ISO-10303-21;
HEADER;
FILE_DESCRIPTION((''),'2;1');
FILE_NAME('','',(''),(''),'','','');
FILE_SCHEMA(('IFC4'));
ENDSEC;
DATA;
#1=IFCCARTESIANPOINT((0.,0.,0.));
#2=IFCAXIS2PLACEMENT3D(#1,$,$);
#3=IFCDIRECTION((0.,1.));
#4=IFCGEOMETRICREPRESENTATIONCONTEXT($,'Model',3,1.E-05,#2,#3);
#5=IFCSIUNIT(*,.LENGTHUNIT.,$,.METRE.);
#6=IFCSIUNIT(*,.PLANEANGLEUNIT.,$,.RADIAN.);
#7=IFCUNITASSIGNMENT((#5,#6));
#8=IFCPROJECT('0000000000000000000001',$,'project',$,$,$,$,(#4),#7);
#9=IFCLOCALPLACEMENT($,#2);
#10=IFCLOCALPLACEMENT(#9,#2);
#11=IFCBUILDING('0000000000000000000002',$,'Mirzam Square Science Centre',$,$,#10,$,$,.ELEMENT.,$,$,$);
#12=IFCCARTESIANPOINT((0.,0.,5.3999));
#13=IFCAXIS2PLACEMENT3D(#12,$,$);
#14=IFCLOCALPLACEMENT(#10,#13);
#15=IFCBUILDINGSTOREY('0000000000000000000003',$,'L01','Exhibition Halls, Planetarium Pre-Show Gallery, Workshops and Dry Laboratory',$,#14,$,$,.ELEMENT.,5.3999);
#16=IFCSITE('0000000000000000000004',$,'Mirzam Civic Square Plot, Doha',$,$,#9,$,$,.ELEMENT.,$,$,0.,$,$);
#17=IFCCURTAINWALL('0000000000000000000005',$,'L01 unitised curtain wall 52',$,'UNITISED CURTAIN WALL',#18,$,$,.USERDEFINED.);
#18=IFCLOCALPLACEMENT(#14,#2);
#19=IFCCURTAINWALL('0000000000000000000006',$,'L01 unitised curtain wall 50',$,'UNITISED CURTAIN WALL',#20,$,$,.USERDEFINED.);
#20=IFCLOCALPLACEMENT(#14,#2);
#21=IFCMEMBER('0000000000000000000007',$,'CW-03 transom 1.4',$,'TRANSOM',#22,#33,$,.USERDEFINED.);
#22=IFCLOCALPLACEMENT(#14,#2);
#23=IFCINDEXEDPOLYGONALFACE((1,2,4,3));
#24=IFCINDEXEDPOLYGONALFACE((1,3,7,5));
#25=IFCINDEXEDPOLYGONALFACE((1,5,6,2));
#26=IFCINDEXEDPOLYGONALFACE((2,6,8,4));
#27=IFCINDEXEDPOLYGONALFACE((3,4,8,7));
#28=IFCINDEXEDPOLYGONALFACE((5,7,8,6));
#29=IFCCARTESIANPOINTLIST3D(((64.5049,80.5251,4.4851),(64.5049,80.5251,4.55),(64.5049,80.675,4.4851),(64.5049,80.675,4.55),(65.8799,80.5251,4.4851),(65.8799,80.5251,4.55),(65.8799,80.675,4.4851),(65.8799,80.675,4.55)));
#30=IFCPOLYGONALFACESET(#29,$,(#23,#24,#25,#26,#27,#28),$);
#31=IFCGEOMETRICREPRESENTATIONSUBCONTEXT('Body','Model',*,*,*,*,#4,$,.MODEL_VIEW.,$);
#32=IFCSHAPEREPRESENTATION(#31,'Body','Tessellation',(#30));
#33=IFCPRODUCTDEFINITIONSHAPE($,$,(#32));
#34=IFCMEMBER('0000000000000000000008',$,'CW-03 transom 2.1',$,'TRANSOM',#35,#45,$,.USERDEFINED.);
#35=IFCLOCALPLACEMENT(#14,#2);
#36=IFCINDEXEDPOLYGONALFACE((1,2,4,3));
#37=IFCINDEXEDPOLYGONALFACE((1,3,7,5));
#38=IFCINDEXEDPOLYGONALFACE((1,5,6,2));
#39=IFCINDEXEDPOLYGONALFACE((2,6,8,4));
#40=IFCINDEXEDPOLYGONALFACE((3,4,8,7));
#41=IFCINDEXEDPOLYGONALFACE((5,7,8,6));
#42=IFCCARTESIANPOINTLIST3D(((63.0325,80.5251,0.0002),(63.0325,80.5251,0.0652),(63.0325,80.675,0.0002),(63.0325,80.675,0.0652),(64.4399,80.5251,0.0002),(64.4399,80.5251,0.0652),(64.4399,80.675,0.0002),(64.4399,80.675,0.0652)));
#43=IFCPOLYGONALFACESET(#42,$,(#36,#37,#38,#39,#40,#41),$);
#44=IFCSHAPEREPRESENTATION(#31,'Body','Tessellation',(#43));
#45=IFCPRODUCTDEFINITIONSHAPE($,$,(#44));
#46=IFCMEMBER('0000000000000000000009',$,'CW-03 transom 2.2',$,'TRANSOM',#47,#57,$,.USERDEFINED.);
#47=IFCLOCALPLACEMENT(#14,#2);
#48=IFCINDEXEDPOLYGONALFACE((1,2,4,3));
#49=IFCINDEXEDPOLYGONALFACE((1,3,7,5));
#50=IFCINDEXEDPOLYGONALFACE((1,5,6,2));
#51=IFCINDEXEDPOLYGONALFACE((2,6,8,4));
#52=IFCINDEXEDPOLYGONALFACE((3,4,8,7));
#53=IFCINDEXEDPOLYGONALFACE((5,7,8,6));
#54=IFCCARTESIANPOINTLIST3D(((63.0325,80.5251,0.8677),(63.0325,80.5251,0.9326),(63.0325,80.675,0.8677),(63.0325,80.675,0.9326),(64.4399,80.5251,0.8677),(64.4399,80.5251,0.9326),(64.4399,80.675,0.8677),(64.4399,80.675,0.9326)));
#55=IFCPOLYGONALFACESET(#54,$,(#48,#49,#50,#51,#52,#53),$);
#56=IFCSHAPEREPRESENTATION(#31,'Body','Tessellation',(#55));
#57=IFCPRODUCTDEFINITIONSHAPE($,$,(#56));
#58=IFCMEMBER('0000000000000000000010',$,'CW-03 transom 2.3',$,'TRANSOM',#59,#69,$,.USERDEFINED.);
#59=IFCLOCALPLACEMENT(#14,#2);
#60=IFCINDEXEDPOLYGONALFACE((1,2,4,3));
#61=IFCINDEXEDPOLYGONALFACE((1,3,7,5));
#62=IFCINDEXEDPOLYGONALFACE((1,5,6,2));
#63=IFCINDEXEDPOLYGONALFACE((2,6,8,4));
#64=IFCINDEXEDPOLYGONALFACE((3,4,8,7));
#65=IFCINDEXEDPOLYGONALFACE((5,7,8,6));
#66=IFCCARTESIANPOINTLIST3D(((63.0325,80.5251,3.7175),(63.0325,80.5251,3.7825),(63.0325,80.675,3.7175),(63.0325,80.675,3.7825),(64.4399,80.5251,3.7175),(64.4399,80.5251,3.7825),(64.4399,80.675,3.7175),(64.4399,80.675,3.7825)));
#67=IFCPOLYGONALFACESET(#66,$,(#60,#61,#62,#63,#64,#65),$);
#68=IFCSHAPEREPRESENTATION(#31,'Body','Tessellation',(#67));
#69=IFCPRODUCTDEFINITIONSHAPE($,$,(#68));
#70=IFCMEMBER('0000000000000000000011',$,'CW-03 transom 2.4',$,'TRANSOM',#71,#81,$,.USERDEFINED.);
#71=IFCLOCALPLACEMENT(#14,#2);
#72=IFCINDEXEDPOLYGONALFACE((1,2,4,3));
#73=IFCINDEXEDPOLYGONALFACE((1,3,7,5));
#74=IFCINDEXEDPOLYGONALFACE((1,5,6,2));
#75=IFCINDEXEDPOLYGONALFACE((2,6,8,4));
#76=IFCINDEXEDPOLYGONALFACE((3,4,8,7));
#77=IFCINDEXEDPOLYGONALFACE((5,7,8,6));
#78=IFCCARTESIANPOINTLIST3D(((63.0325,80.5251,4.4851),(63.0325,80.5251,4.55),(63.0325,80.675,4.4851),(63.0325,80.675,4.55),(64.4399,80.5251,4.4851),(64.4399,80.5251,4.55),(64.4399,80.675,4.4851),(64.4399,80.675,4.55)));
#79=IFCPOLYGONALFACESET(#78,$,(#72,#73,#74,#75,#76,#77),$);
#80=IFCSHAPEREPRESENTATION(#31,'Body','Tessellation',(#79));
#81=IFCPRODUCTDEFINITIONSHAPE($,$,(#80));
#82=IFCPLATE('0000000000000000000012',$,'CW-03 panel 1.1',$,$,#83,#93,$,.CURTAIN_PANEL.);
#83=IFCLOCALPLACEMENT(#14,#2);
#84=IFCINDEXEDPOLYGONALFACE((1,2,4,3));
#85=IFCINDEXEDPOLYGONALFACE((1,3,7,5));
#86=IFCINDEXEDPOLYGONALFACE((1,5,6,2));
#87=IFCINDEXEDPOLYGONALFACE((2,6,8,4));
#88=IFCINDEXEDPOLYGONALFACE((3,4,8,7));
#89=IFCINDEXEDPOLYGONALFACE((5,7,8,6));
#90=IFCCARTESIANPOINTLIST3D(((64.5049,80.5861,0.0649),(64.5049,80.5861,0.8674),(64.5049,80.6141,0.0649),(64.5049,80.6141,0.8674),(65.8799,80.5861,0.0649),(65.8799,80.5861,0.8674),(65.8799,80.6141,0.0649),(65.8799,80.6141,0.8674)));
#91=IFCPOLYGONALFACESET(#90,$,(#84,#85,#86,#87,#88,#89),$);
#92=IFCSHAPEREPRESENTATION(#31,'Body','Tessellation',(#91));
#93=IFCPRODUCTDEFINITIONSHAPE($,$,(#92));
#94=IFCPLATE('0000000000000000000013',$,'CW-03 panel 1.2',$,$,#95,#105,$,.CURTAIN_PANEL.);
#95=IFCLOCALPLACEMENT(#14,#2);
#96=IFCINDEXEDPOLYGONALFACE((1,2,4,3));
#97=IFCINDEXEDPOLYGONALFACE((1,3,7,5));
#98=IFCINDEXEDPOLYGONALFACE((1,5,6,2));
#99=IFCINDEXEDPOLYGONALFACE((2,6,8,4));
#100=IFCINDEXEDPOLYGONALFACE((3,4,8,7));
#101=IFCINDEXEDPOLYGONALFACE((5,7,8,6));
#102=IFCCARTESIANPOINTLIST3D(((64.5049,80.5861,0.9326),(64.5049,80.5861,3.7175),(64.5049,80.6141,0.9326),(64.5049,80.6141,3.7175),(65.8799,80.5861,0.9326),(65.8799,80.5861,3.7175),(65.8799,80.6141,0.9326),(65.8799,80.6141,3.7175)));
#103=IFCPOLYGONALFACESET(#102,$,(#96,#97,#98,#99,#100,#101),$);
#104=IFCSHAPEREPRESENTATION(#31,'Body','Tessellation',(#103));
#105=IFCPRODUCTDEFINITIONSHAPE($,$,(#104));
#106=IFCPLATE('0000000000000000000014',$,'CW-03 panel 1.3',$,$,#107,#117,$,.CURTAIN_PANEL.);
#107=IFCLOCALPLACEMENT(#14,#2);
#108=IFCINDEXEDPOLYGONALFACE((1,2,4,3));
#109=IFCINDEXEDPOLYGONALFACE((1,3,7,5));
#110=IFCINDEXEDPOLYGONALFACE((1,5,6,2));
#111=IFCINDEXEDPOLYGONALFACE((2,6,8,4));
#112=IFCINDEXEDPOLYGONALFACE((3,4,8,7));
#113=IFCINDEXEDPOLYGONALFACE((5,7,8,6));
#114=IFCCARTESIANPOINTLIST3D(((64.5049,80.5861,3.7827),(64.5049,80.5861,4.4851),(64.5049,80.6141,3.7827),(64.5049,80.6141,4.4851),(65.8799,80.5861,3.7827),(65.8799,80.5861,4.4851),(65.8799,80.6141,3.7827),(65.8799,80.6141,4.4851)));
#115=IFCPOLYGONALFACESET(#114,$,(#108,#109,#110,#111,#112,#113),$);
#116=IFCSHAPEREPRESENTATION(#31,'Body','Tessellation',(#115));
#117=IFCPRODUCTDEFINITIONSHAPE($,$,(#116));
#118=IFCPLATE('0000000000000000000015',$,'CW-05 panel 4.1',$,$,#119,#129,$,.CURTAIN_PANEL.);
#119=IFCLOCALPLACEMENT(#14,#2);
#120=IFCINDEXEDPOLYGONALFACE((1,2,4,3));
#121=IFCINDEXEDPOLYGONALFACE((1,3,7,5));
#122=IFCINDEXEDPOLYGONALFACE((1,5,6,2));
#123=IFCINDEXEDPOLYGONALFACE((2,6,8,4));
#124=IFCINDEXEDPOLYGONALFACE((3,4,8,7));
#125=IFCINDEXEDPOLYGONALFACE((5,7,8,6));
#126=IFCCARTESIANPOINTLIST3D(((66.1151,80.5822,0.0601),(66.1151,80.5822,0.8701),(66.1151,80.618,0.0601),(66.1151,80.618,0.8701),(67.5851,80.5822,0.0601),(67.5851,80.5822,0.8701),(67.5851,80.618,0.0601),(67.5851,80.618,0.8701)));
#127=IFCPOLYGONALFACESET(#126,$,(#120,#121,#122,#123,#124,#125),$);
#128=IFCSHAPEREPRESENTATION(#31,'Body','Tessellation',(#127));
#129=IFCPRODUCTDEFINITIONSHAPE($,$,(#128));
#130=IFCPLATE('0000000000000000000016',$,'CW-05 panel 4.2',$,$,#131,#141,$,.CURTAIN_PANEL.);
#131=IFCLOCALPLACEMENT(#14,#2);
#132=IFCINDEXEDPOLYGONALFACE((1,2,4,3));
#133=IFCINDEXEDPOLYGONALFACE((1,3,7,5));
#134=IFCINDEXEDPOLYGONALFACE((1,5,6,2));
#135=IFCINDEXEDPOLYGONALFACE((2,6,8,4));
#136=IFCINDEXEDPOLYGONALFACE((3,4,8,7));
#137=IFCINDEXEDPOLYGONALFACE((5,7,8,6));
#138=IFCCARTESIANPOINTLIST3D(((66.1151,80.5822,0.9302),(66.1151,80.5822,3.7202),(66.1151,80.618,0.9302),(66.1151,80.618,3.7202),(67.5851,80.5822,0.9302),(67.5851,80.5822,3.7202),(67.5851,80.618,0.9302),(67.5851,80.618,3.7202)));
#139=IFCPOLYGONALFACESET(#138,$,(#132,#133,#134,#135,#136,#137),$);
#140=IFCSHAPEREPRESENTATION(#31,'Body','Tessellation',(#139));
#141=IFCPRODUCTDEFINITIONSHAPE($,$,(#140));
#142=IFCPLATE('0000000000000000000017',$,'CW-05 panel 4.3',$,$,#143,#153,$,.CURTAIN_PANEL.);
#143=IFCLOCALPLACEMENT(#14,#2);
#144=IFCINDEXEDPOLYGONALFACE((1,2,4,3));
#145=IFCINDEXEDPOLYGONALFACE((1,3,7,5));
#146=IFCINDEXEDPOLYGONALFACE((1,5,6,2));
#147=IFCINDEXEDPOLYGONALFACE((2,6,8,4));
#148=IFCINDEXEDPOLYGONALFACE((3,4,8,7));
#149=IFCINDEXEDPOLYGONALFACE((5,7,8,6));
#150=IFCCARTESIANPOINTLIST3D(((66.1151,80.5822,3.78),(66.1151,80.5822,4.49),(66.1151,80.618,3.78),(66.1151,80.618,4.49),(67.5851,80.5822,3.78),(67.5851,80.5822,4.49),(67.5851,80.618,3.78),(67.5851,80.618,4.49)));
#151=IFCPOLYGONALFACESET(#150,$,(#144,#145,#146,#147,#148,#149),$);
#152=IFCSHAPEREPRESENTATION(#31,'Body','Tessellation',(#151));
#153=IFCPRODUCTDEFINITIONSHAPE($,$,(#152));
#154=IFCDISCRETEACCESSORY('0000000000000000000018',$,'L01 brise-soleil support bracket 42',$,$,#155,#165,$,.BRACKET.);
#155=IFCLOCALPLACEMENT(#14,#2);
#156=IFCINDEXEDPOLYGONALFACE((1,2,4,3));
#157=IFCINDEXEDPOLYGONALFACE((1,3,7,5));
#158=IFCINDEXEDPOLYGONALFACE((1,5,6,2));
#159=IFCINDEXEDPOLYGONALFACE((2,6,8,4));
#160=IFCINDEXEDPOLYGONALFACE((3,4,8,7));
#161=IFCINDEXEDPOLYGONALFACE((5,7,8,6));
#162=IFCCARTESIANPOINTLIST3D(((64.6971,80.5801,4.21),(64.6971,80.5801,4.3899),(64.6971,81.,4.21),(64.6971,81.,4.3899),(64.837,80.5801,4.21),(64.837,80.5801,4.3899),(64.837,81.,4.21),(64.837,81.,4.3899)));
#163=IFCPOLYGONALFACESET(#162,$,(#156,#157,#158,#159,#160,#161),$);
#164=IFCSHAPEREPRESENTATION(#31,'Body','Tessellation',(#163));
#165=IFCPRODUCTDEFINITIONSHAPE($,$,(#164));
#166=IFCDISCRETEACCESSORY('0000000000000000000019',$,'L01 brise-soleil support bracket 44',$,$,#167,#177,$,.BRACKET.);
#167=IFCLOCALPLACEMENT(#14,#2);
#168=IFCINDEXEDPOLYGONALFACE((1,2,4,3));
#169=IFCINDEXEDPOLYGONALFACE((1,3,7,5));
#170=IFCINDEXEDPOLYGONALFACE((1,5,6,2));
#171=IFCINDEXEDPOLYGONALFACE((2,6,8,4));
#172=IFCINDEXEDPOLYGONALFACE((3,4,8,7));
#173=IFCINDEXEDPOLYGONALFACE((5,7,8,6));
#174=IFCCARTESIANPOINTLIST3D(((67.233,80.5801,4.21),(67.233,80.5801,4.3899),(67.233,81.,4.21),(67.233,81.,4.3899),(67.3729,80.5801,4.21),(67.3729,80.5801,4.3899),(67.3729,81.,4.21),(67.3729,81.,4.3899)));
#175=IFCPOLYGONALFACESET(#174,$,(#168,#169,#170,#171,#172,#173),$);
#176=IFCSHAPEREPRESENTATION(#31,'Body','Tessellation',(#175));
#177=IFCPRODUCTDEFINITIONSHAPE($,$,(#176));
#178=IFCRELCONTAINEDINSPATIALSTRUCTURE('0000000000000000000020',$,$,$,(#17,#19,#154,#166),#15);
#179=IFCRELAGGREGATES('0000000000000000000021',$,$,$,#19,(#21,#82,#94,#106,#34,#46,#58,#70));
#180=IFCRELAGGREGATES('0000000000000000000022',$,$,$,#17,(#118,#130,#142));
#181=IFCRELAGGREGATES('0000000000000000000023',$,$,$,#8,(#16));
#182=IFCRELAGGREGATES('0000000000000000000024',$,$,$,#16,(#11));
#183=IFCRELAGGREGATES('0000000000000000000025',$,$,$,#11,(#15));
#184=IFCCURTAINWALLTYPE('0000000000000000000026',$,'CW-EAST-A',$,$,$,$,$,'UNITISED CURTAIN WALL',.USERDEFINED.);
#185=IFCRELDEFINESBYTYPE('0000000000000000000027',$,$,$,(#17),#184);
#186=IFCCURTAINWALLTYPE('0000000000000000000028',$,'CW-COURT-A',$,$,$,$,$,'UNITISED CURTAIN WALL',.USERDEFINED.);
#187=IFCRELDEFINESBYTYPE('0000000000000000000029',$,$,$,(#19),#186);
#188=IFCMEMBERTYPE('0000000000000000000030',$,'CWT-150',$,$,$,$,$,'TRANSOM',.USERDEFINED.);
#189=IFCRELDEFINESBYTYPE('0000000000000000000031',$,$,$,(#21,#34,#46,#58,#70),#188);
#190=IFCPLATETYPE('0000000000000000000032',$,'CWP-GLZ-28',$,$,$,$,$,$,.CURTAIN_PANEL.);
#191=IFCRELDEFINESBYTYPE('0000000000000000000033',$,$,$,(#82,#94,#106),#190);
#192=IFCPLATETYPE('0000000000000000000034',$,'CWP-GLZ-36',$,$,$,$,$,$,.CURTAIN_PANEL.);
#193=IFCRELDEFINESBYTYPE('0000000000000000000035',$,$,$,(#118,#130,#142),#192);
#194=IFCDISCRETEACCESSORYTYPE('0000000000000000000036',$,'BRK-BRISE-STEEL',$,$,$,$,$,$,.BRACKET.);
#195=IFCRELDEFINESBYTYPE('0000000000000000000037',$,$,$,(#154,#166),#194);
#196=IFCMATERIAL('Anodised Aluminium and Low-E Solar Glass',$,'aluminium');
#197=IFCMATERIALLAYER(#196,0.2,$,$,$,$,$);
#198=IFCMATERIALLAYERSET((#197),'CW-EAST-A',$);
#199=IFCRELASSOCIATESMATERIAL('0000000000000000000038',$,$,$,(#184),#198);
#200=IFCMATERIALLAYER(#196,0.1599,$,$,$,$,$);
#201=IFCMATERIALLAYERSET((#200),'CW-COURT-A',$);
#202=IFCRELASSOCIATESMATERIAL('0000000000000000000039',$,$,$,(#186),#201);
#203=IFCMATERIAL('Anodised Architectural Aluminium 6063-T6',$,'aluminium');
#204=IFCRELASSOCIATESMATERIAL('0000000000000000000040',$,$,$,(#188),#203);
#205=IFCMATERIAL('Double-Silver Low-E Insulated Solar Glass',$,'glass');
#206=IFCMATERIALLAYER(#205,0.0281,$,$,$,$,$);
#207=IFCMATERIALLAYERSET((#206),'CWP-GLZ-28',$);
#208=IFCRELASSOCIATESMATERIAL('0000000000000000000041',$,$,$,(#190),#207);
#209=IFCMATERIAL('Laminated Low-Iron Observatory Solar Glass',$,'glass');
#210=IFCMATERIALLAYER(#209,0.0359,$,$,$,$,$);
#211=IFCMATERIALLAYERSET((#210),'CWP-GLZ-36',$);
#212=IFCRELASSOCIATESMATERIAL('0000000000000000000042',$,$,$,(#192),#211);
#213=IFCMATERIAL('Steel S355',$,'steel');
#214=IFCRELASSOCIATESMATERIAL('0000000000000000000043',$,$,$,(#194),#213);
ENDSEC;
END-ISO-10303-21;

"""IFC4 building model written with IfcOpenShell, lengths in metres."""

from ifc_helpers import new_model, si_unit, direction, frame, origin, origin_2d, place, context, subcontext, project, spatial, rectangle, extrude, material, layer, layer_set, material_profile, profile_set, type_object, element, aggregate, save


model = new_model("IFC4")

# Units and contexts
model_context = context("Model", 3, precision=1e-05, world=origin(), true_north=direction((0.0, 1.0)))
body_context = subcontext(model_context, "Body", "Model", "MODEL_VIEW")
ifc_project = project(units=[si_unit("LENGTHUNIT", "METRE"), si_unit("PLANEANGLEUNIT", "RADIAN")], contexts=[model_context])

# Site, building, storey
site_placement = place(None, origin())
site = spatial("IfcSite", under=ifc_project, at=site_placement, Name="Mirzam Civic Square Plot, Doha", CompositionType="ELEMENT", RefElevation=0.0)
building_placement = place(site_placement, origin())
building = spatial("IfcBuilding", under=site, at=building_placement, Name="Mirzam Square Science Centre", CompositionType="ELEMENT")
storey_placement = place(building_placement, frame((0.0, 0.0, 5.3999)))
storey = spatial("IfcBuildingStorey", under=building, at=storey_placement, Name="L01", Description="Exhibition Halls, Planetarium Pre-Show Gallery, Workshops and Dry Laboratory", CompositionType="ELEMENT", Elevation=5.3999)

# Shared definitions
ifc_material_1 = material(Name="Steel S355", Category="steel")

# Curtain wall
ifc_material_2 = material(Name="Anodised Aluminium and Low-E Solar Glass", Category="aluminium")
ifc_layer_1 = layer(ifc_material_2, 0.2)
ifc_layer_set_1 = layer_set([ifc_layer_1], Name="CW-EAST-A")
curtain_wall_type_1 = type_object("IfcCurtainWallType", Name="CW-EAST-A", ElementType="UNITISED CURTAIN WALL", PredefinedType="USERDEFINED", material=ifc_layer_set_1)
curtain_wall_1_placement = place(storey_placement, origin())
curtain_wall_1 = element("IfcCurtainWall", 1, at=curtain_wall_1_placement, inside=storey, type_object=curtain_wall_type_1, Name="L01 unitised curtain wall 52", ObjectType="UNITISED CURTAIN WALL", PredefinedType="USERDEFINED")
ifc_material_3 = material(Name="Anodised Architectural Aluminium 6063-T6", Category="aluminium")

# Curtain wall
ifc_layer_2 = layer(ifc_material_2, 0.1599)
ifc_layer_set_2 = layer_set([ifc_layer_2], Name="CW-COURT-A")
curtain_wall_type_2 = type_object("IfcCurtainWallType", Name="CW-COURT-A", ElementType="UNITISED CURTAIN WALL", PredefinedType="USERDEFINED", material=ifc_layer_set_2)
curtain_wall_2_placement = place(storey_placement, origin())
curtain_wall_2 = element("IfcCurtainWall", 2, at=curtain_wall_2_placement, inside=storey, type_object=curtain_wall_type_2, Name="L01 unitised curtain wall 50", ObjectType="UNITISED CURTAIN WALL", PredefinedType="USERDEFINED")

# Members
ifc_material_profile_1 = material_profile(ifc_material_3, rectangle(XDim=0.1499, YDim=0.0649, at=origin_2d()), Name="ALU-TRAN-150x65x4")
ifc_profile_set_1 = profile_set([ifc_material_profile_1], Name="Anodised Architectural Aluminium 6063-T6")
member_type_1 = type_object("IfcMemberType", Name="CWT-150", ElementType="TRANSOM", PredefinedType="USERDEFINED", material=ifc_profile_set_1)
member_1_placement = place(storey_placement, frame((65.8799, 80.6001, 4.5176), z_axis=(-1.0, 0.0, 0.0), x_axis=(0.0, -1.0, 0.0)))
member_1 = element("IfcMember", 3, at=member_1_placement, type_object=member_type_1, Name="CW-03 transom 1.4", ObjectType="TRANSOM", PredefinedType="USERDEFINED", context=body_context, shape_type="SweptSolid", body=[
    extrude(rectangle(XDim=0.1499, YDim=0.0649, at=origin_2d()), origin(), (0.0, 0.0, 1.0), 1.375),
])
member_2_placement = place(storey_placement, frame((64.4399, 80.6001, 0.0327), z_axis=(-1.0, 0.0, 0.0), x_axis=(0.0, -1.0, 0.0)))
member_2 = element("IfcMember", 4, at=member_2_placement, type_object=member_type_1, Name="CW-03 transom 2.1", ObjectType="TRANSOM", PredefinedType="USERDEFINED", context=body_context, shape_type="SweptSolid", body=[
    extrude(rectangle(XDim=0.1499, YDim=0.0649, at=origin_2d()), origin(), (0.0, 0.0, 1.0), 1.4075),
])
member_3_placement = place(storey_placement, frame((64.4399, 80.6001, 0.9001), z_axis=(-1.0, 0.0, 0.0), x_axis=(0.0, -1.0, 0.0)))
member_3 = element("IfcMember", 5, at=member_3_placement, type_object=member_type_1, Name="CW-03 transom 2.2", ObjectType="TRANSOM", PredefinedType="USERDEFINED", context=body_context, shape_type="SweptSolid", body=[
    extrude(rectangle(XDim=0.1499, YDim=0.0649, at=origin_2d()), origin(), (0.0, 0.0, 1.0), 1.4075),
])
member_4_placement = place(storey_placement, frame((64.4399, 80.6001, 3.75), z_axis=(-1.0, 0.0, 0.0), x_axis=(0.0, -1.0, 0.0)))
member_4 = element("IfcMember", 6, at=member_4_placement, type_object=member_type_1, Name="CW-03 transom 2.3", ObjectType="TRANSOM", PredefinedType="USERDEFINED", context=body_context, shape_type="SweptSolid", body=[
    extrude(rectangle(XDim=0.1499, YDim=0.0649, at=origin_2d()), origin(), (0.0, 0.0, 1.0), 1.4075),
])
member_5_placement = place(storey_placement, frame((64.4399, 80.6001, 4.5176), z_axis=(-1.0, 0.0, 0.0), x_axis=(0.0, -1.0, 0.0)))
member_5 = element("IfcMember", 7, at=member_5_placement, type_object=member_type_1, Name="CW-03 transom 2.4", ObjectType="TRANSOM", PredefinedType="USERDEFINED", context=body_context, shape_type="SweptSolid", body=[
    extrude(rectangle(XDim=0.1499, YDim=0.0649, at=origin_2d()), origin(), (0.0, 0.0, 1.0), 1.4075),
])

# Plates
ifc_material_4 = material(Name="Double-Silver Low-E Insulated Solar Glass", Category="glass")
ifc_layer_3 = layer(ifc_material_4, 0.0281)
ifc_layer_set_3 = layer_set([ifc_layer_3], Name="CWP-GLZ-28")
plate_type_1 = type_object("IfcPlateType", Name="CWP-GLZ-28", PredefinedType="CURTAIN_PANEL", material=ifc_layer_set_3)
plate_1_placement = place(storey_placement, frame((65.1924, 80.6001, 0.0649), z_axis=(0.0, 0.0, 1.0), x_axis=(-1.0, 0.0, 0.0)))
plate_1 = element("IfcPlate", 8, at=plate_1_placement, type_object=plate_type_1, Name="CW-03 panel 1.1", PredefinedType="CURTAIN_PANEL", context=body_context, shape_type="SweptSolid", body=[
    extrude(rectangle(XDim=1.375, YDim=0.0281, at=origin_2d()), origin(), (0.0, 0.0, 1.0), 0.8025),
])
plate_2_placement = place(storey_placement, frame((65.1924, 80.6001, 0.9326), z_axis=(0.0, 0.0, 1.0), x_axis=(-1.0, 0.0, 0.0)))
plate_2 = element("IfcPlate", 9, at=plate_2_placement, type_object=plate_type_1, Name="CW-03 panel 1.2", PredefinedType="CURTAIN_PANEL", context=body_context, shape_type="SweptSolid", body=[
    extrude(rectangle(XDim=1.375, YDim=0.0281, at=origin_2d()), origin(), (0.0, 0.0, 1.0), 2.7849),
])
plate_3_placement = place(storey_placement, frame((65.1924, 80.6001, 3.7827), z_axis=(0.0, 0.0, 1.0), x_axis=(-1.0, 0.0, 0.0)))
plate_3 = element("IfcPlate", 10, at=plate_3_placement, type_object=plate_type_1, Name="CW-03 panel 1.3", PredefinedType="CURTAIN_PANEL", context=body_context, shape_type="SweptSolid", body=[
    extrude(rectangle(XDim=1.375, YDim=0.0281, at=origin_2d()), origin(), (0.0, 0.0, 1.0), 0.7024),
])
aggregate(curtain_wall_2, [member_1, plate_1, plate_2, plate_3, member_2, member_3, member_4, member_5])
ifc_material_5 = material(Name="Laminated Low-Iron Observatory Solar Glass", Category="glass")
ifc_layer_4 = layer(ifc_material_5, 0.0359)
ifc_layer_set_4 = layer_set([ifc_layer_4], Name="CWP-GLZ-36")
plate_type_2 = type_object("IfcPlateType", Name="CWP-GLZ-36", PredefinedType="CURTAIN_PANEL", material=ifc_layer_set_4)
plate_4_placement = place(storey_placement, frame((66.8501, 80.6001, 0.0601), z_axis=(0.0, 0.0, 1.0), x_axis=(-1.0, 0.0, 0.0)))
plate_4 = element("IfcPlate", 11, at=plate_4_placement, type_object=plate_type_2, Name="CW-05 panel 4.1", PredefinedType="CURTAIN_PANEL", context=body_context, shape_type="SweptSolid", body=[
    extrude(rectangle(XDim=1.47, YDim=0.0359, at=origin_2d()), origin(), (0.0, 0.0, 1.0), 0.8101),
])
plate_5_placement = place(storey_placement, frame((66.8501, 80.6001, 0.9302), z_axis=(0.0, 0.0, 1.0), x_axis=(-1.0, 0.0, 0.0)))
plate_5 = element("IfcPlate", 12, at=plate_5_placement, type_object=plate_type_2, Name="CW-05 panel 4.2", PredefinedType="CURTAIN_PANEL", context=body_context, shape_type="SweptSolid", body=[
    extrude(rectangle(XDim=1.47, YDim=0.0359, at=origin_2d()), origin(), (0.0, 0.0, 1.0), 2.79),
])
plate_6_placement = place(storey_placement, frame((66.8501, 80.6001, 3.78), z_axis=(0.0, 0.0, 1.0), x_axis=(-1.0, 0.0, 0.0)))
plate_6 = element("IfcPlate", 13, at=plate_6_placement, type_object=plate_type_2, Name="CW-05 panel 4.3", PredefinedType="CURTAIN_PANEL", context=body_context, shape_type="SweptSolid", body=[
    extrude(rectangle(XDim=1.47, YDim=0.0359, at=origin_2d()), origin(), (0.0, 0.0, 1.0), 0.71),
])
aggregate(curtain_wall_1, [plate_4, plate_5, plate_6])

# Discrete accessories
discrete_accessory_type = type_object("IfcDiscreteAccessoryType", Name="BRK-BRISE-STEEL", PredefinedType="BRACKET", material=ifc_material_1)
for number, where, z_axis, x_axis, name in (
    (14, (64.7671, 80.79, 4.21), (0.0, 0.0, 1.0), (-1.0, 0.0, 0.0), "L01 brise-soleil support bracket 42"),
    (15, (67.303, 80.79, 4.21), (0.0, 0.0, 1.0), (-1.0, 0.0, 0.0), "L01 brise-soleil support bracket 44"),
):
    element("IfcDiscreteAccessory", number, at=place(storey_placement, frame(where, z_axis=z_axis, x_axis=x_axis)), inside=storey, type_object=discrete_accessory_type, Name=name, PredefinedType="BRACKET", context=body_context, shape_type="SweptSolid", body=[
        extrude(rectangle(XDim=0.1399, YDim=0.4199, at=origin_2d()), origin(), (0.0, 0.0, 1.0), 0.1799),
    ])

save(model, "model.ifc")
